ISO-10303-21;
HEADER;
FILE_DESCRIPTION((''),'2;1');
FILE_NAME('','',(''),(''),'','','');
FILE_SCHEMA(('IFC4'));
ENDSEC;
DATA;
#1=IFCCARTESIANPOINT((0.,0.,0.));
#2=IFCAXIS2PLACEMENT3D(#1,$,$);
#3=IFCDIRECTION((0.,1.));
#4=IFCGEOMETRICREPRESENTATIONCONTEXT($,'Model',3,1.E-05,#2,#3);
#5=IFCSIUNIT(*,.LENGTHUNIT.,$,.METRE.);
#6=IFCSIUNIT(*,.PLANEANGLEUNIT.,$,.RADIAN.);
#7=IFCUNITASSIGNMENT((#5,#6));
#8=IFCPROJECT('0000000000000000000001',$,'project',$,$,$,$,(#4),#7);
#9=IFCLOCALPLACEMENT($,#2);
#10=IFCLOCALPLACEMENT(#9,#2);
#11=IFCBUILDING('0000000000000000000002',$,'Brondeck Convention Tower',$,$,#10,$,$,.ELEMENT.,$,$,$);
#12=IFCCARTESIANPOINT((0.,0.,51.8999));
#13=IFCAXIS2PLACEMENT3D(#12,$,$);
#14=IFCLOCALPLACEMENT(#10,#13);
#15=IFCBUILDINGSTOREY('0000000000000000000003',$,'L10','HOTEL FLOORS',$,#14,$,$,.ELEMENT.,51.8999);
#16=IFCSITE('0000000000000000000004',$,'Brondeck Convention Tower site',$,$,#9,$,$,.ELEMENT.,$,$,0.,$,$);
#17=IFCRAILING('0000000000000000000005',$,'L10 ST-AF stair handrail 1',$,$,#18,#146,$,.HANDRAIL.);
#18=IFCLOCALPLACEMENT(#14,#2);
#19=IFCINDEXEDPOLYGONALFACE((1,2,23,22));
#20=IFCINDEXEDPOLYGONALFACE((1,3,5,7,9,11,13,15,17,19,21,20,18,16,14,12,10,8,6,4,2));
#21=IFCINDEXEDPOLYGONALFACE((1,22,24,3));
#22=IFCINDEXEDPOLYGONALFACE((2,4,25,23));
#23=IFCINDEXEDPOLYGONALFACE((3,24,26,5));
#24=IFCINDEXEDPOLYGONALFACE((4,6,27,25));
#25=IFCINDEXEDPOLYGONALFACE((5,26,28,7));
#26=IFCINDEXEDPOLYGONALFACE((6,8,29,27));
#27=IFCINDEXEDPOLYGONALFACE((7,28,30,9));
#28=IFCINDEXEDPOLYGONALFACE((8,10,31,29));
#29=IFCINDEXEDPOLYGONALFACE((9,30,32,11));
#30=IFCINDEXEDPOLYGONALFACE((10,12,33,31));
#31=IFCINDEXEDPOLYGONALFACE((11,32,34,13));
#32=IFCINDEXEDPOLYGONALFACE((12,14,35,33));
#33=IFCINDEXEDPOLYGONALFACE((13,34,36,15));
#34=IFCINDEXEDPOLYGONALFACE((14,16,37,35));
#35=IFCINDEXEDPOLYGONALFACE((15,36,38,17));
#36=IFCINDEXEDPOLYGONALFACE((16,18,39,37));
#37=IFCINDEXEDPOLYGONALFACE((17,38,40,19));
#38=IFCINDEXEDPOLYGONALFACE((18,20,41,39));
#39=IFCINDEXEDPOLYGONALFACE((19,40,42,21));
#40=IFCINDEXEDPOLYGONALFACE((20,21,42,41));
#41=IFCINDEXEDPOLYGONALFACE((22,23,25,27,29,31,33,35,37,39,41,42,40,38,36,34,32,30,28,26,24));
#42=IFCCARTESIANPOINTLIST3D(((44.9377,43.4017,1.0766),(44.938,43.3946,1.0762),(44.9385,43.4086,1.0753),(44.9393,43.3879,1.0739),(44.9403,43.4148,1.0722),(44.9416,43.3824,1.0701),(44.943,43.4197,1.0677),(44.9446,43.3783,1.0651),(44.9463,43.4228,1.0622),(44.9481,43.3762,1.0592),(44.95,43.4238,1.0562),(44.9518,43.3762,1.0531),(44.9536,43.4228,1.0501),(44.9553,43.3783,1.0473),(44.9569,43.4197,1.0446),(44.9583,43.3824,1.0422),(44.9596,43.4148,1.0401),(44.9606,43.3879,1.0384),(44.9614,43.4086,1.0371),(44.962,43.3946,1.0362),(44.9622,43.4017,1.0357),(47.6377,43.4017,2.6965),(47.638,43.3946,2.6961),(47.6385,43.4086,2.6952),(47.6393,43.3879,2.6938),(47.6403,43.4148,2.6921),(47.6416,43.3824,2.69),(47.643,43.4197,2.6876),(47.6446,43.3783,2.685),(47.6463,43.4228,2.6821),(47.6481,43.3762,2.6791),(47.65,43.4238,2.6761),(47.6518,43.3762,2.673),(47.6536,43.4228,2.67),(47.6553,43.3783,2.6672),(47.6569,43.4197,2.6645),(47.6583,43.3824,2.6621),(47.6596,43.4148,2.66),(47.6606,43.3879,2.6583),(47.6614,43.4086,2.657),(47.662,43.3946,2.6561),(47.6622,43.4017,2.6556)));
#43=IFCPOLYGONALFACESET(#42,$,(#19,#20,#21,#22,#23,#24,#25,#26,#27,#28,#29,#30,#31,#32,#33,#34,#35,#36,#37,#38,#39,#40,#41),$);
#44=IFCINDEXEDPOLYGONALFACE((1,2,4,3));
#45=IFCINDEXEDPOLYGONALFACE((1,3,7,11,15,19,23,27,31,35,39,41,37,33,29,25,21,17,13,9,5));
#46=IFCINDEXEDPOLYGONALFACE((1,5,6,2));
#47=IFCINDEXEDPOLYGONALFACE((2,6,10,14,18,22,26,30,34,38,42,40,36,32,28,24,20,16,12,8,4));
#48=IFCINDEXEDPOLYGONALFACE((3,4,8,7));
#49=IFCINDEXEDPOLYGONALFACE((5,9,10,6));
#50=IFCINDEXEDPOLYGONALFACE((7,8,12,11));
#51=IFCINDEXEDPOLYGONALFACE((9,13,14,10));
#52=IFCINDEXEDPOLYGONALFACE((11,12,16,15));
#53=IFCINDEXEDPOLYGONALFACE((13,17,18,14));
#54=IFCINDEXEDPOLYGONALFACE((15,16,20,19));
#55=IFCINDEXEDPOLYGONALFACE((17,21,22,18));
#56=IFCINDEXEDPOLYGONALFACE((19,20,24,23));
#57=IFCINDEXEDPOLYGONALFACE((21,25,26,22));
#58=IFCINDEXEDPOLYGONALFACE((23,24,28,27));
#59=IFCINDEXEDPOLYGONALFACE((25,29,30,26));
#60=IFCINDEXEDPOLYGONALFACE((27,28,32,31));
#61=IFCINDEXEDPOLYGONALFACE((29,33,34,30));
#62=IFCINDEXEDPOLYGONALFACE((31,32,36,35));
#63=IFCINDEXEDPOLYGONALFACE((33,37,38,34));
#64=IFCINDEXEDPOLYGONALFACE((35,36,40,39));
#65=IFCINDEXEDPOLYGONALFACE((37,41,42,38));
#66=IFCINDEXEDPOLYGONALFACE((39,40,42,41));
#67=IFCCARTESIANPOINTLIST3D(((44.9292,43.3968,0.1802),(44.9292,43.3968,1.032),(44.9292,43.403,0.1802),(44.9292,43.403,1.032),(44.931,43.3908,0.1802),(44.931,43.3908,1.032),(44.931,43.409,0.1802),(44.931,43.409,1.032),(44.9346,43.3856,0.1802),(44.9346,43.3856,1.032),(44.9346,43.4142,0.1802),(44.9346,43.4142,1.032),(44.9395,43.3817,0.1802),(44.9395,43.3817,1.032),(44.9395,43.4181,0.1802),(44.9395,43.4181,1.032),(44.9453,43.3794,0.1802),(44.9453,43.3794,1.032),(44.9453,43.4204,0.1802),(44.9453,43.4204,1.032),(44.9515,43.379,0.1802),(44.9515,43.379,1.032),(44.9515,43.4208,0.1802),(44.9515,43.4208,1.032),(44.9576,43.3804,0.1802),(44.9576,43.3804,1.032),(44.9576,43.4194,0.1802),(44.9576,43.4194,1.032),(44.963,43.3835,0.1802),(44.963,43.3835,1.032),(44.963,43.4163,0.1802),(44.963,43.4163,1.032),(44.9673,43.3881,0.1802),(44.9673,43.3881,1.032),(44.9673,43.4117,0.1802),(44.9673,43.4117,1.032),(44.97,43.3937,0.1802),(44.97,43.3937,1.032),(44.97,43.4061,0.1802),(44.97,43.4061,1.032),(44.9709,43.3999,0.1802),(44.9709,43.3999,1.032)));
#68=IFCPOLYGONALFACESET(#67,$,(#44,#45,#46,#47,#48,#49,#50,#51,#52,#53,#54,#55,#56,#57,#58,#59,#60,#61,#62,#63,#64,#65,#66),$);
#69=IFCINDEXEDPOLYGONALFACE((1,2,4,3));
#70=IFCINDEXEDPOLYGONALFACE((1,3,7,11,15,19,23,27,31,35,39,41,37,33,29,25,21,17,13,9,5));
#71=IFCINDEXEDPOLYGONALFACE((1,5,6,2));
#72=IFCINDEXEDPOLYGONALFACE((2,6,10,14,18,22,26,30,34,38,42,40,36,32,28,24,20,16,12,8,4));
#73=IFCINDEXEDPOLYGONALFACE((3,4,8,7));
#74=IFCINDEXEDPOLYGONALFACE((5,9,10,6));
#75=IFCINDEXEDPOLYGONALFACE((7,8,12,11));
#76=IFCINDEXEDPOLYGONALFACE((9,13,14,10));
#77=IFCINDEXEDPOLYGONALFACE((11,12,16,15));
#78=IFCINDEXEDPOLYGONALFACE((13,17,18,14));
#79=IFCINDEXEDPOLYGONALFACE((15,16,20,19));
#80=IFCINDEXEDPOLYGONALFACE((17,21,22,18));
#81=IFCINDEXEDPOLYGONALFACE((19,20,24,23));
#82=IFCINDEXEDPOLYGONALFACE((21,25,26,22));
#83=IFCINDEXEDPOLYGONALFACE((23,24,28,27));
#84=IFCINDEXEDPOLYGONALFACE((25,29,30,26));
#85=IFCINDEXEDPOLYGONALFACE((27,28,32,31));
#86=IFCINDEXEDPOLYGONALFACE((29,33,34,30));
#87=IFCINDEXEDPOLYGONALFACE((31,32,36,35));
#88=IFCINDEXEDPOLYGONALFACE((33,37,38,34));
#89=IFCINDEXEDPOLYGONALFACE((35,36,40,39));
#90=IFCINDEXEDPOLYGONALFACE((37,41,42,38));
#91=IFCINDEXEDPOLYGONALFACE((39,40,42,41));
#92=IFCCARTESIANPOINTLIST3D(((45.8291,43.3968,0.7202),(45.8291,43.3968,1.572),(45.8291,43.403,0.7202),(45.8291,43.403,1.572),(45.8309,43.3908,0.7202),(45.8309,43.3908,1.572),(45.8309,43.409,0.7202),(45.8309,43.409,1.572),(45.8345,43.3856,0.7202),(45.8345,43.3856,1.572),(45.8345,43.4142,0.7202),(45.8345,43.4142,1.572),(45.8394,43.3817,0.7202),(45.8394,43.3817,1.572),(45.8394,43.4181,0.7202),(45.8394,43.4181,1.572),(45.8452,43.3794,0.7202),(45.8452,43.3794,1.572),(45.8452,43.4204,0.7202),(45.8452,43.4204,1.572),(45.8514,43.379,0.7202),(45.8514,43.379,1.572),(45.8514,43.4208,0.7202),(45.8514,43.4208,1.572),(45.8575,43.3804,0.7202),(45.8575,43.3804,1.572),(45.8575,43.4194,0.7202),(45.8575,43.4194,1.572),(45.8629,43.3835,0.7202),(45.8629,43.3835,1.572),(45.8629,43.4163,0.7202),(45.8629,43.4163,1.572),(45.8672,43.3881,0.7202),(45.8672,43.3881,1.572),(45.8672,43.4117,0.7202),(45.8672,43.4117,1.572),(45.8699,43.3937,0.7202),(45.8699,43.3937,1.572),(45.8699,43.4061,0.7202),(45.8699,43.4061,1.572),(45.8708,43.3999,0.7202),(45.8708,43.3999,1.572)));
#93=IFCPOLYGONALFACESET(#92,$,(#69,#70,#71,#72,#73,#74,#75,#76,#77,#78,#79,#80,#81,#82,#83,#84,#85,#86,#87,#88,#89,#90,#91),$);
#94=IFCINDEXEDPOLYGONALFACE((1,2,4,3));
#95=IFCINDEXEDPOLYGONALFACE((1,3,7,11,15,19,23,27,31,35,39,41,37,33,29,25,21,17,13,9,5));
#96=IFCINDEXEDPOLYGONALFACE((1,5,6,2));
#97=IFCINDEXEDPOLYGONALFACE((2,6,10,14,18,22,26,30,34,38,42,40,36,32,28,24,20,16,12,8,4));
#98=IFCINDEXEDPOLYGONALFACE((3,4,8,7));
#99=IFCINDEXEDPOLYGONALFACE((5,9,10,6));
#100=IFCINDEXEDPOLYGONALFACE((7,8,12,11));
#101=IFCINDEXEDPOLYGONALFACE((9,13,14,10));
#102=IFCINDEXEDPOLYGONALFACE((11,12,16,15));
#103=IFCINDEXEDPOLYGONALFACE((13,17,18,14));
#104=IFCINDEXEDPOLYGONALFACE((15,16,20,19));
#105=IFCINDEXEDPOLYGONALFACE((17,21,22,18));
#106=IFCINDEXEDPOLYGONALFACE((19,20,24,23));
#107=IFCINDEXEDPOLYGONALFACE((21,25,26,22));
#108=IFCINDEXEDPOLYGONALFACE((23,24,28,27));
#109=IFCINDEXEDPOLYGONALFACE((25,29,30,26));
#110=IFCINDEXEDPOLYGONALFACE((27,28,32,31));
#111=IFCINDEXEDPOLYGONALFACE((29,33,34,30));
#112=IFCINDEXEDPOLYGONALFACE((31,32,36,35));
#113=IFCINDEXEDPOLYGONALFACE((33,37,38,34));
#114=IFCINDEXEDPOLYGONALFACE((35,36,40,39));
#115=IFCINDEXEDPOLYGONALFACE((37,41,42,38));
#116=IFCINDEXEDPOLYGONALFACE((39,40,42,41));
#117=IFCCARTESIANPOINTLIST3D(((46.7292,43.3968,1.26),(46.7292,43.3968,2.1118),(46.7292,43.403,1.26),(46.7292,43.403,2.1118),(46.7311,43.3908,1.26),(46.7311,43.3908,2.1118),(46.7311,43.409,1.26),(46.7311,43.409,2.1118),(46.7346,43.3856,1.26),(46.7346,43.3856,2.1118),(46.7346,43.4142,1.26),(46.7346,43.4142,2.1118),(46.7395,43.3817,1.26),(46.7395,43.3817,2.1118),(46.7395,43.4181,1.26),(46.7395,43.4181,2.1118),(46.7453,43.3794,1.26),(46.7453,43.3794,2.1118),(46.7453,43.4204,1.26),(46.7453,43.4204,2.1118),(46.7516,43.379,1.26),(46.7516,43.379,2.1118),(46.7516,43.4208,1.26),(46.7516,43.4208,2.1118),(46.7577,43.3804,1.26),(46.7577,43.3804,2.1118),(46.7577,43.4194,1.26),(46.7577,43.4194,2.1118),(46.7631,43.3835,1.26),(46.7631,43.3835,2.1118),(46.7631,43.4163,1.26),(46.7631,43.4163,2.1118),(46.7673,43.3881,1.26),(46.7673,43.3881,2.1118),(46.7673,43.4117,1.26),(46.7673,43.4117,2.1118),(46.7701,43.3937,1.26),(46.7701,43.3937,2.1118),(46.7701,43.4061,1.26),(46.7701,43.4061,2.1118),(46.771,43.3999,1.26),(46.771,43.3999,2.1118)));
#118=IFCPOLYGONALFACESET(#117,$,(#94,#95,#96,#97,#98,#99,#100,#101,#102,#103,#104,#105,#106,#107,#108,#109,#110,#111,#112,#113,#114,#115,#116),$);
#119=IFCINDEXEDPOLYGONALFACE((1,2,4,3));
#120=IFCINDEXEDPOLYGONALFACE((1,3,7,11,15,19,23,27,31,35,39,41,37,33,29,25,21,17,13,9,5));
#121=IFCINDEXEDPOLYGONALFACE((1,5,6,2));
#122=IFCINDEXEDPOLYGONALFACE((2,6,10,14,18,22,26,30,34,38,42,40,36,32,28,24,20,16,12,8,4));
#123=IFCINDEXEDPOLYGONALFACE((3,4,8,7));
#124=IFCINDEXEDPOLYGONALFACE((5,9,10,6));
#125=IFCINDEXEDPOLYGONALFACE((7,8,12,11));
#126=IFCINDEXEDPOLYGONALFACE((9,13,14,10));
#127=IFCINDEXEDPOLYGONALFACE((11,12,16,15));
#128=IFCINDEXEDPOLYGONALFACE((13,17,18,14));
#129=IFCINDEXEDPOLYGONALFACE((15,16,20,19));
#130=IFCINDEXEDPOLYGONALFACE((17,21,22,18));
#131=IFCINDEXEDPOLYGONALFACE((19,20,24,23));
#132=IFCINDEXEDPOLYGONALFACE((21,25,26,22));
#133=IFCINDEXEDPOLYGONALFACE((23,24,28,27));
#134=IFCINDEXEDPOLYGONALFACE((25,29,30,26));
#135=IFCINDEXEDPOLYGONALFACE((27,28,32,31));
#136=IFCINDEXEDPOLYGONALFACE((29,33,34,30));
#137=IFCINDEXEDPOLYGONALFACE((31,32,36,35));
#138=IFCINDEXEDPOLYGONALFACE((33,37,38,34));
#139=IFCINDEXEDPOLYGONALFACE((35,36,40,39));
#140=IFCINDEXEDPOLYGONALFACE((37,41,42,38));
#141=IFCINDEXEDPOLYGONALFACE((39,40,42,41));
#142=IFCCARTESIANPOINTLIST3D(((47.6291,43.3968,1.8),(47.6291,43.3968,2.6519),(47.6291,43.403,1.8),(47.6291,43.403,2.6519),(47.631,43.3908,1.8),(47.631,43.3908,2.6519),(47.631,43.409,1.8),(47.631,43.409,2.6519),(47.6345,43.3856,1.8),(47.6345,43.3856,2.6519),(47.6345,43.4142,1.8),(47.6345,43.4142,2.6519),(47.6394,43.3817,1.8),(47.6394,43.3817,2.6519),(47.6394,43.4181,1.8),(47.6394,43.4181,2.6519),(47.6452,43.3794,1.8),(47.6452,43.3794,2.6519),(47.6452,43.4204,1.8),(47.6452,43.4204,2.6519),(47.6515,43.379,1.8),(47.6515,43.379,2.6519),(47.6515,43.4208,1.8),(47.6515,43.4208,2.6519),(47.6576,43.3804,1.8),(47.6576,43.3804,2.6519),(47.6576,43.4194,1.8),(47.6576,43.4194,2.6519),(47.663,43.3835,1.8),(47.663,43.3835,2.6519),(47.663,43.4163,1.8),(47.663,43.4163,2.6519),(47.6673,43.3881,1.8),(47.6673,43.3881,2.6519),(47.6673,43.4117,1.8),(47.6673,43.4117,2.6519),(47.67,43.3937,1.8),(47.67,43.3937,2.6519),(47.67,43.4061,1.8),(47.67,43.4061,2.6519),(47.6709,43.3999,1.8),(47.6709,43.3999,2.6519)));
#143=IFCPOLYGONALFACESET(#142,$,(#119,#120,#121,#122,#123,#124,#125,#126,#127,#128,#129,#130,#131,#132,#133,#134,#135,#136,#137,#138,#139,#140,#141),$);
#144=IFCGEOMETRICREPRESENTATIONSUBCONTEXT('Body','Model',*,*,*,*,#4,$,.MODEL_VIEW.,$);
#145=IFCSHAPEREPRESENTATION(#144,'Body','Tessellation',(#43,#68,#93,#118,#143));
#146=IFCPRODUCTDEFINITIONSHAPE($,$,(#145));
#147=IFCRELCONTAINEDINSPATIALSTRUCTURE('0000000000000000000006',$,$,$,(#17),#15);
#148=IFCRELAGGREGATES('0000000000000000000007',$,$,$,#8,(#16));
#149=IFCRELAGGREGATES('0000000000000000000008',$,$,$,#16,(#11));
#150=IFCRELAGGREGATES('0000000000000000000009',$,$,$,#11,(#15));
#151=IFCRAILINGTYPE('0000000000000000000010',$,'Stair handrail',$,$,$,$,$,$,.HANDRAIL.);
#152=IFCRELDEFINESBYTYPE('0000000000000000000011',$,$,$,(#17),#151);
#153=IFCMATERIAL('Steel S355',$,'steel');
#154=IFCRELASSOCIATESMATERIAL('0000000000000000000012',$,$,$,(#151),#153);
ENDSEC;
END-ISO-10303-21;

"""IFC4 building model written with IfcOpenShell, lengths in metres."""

from ifc_helpers import new_model, si_unit, direction, frame, origin, origin_2d, place, context, subcontext, project, spatial, circle, extrude, material, type_object, element, save


model = new_model("IFC4")

# Units and contexts
model_context = context("Model", 3, precision=1e-05, world=origin(), true_north=direction((0.0, 1.0)))
body_context = subcontext(model_context, "Body", "Model", "MODEL_VIEW")
ifc_project = project(units=[si_unit("LENGTHUNIT", "METRE"), si_unit("PLANEANGLEUNIT", "RADIAN")], contexts=[model_context])

# Site, building, storey
site_placement = place(None, origin())
site = spatial("IfcSite", under=ifc_project, at=site_placement, Name="Brondeck Convention Tower site", CompositionType="ELEMENT", RefElevation=0.0)
building_placement = place(site_placement, origin())
building = spatial("IfcBuilding", under=site, at=building_placement, Name="Brondeck Convention Tower", CompositionType="ELEMENT")
storey_placement = place(building_placement, frame((0.0, 0.0, 51.8999)))
storey = spatial("IfcBuildingStorey", under=building, at=storey_placement, Name="L10", Description="HOTEL FLOORS", CompositionType="ELEMENT", Elevation=51.8999)

# Shared definitions
ifc_material_1 = material(Name="Steel S355", Category="steel")

# Railing
railing_type_1 = type_object("IfcRailingType", Name="Stair handrail", PredefinedType="HANDRAIL", material=ifc_material_1)
railing_1_placement = place(storey_placement, frame((44.95, 43.3999, 0.1802)))
element("IfcRailing", 1, at=railing_1_placement, inside=storey, type_object=railing_type_1, Name="L10 ST-AF stair handrail 1", PredefinedType="HANDRAIL", context=body_context, shape_type="SweptSolid", body=[
    extrude(circle(Radius=0.0239, at=origin_2d()), frame((0.0, 0.0, 0.876), z_axis=(0.857507, 0.0, 0.514473), x_axis=(0.0, 1.0, 0.0)), (0.0, 0.0, 1.0), 3.1487),
    extrude(circle(Radius=0.021, at=origin_2d()), origin(), (0.0, 0.0, 1.0), 0.8518),
    extrude(circle(Radius=0.021, at=origin_2d()), frame((0.8999, 0.0, 0.54)), (0.0, 0.0, 1.0), 0.8518),
    extrude(circle(Radius=0.021, at=origin_2d()), frame((1.8, 0.0, 1.0798)), (0.0, 0.0, 1.0), 0.8518),
    extrude(circle(Radius=0.021, at=origin_2d()), frame((2.7, 0.0, 1.6199)), (0.0, 0.0, 1.0), 0.8518),
])

save(model, "model.ifc")
